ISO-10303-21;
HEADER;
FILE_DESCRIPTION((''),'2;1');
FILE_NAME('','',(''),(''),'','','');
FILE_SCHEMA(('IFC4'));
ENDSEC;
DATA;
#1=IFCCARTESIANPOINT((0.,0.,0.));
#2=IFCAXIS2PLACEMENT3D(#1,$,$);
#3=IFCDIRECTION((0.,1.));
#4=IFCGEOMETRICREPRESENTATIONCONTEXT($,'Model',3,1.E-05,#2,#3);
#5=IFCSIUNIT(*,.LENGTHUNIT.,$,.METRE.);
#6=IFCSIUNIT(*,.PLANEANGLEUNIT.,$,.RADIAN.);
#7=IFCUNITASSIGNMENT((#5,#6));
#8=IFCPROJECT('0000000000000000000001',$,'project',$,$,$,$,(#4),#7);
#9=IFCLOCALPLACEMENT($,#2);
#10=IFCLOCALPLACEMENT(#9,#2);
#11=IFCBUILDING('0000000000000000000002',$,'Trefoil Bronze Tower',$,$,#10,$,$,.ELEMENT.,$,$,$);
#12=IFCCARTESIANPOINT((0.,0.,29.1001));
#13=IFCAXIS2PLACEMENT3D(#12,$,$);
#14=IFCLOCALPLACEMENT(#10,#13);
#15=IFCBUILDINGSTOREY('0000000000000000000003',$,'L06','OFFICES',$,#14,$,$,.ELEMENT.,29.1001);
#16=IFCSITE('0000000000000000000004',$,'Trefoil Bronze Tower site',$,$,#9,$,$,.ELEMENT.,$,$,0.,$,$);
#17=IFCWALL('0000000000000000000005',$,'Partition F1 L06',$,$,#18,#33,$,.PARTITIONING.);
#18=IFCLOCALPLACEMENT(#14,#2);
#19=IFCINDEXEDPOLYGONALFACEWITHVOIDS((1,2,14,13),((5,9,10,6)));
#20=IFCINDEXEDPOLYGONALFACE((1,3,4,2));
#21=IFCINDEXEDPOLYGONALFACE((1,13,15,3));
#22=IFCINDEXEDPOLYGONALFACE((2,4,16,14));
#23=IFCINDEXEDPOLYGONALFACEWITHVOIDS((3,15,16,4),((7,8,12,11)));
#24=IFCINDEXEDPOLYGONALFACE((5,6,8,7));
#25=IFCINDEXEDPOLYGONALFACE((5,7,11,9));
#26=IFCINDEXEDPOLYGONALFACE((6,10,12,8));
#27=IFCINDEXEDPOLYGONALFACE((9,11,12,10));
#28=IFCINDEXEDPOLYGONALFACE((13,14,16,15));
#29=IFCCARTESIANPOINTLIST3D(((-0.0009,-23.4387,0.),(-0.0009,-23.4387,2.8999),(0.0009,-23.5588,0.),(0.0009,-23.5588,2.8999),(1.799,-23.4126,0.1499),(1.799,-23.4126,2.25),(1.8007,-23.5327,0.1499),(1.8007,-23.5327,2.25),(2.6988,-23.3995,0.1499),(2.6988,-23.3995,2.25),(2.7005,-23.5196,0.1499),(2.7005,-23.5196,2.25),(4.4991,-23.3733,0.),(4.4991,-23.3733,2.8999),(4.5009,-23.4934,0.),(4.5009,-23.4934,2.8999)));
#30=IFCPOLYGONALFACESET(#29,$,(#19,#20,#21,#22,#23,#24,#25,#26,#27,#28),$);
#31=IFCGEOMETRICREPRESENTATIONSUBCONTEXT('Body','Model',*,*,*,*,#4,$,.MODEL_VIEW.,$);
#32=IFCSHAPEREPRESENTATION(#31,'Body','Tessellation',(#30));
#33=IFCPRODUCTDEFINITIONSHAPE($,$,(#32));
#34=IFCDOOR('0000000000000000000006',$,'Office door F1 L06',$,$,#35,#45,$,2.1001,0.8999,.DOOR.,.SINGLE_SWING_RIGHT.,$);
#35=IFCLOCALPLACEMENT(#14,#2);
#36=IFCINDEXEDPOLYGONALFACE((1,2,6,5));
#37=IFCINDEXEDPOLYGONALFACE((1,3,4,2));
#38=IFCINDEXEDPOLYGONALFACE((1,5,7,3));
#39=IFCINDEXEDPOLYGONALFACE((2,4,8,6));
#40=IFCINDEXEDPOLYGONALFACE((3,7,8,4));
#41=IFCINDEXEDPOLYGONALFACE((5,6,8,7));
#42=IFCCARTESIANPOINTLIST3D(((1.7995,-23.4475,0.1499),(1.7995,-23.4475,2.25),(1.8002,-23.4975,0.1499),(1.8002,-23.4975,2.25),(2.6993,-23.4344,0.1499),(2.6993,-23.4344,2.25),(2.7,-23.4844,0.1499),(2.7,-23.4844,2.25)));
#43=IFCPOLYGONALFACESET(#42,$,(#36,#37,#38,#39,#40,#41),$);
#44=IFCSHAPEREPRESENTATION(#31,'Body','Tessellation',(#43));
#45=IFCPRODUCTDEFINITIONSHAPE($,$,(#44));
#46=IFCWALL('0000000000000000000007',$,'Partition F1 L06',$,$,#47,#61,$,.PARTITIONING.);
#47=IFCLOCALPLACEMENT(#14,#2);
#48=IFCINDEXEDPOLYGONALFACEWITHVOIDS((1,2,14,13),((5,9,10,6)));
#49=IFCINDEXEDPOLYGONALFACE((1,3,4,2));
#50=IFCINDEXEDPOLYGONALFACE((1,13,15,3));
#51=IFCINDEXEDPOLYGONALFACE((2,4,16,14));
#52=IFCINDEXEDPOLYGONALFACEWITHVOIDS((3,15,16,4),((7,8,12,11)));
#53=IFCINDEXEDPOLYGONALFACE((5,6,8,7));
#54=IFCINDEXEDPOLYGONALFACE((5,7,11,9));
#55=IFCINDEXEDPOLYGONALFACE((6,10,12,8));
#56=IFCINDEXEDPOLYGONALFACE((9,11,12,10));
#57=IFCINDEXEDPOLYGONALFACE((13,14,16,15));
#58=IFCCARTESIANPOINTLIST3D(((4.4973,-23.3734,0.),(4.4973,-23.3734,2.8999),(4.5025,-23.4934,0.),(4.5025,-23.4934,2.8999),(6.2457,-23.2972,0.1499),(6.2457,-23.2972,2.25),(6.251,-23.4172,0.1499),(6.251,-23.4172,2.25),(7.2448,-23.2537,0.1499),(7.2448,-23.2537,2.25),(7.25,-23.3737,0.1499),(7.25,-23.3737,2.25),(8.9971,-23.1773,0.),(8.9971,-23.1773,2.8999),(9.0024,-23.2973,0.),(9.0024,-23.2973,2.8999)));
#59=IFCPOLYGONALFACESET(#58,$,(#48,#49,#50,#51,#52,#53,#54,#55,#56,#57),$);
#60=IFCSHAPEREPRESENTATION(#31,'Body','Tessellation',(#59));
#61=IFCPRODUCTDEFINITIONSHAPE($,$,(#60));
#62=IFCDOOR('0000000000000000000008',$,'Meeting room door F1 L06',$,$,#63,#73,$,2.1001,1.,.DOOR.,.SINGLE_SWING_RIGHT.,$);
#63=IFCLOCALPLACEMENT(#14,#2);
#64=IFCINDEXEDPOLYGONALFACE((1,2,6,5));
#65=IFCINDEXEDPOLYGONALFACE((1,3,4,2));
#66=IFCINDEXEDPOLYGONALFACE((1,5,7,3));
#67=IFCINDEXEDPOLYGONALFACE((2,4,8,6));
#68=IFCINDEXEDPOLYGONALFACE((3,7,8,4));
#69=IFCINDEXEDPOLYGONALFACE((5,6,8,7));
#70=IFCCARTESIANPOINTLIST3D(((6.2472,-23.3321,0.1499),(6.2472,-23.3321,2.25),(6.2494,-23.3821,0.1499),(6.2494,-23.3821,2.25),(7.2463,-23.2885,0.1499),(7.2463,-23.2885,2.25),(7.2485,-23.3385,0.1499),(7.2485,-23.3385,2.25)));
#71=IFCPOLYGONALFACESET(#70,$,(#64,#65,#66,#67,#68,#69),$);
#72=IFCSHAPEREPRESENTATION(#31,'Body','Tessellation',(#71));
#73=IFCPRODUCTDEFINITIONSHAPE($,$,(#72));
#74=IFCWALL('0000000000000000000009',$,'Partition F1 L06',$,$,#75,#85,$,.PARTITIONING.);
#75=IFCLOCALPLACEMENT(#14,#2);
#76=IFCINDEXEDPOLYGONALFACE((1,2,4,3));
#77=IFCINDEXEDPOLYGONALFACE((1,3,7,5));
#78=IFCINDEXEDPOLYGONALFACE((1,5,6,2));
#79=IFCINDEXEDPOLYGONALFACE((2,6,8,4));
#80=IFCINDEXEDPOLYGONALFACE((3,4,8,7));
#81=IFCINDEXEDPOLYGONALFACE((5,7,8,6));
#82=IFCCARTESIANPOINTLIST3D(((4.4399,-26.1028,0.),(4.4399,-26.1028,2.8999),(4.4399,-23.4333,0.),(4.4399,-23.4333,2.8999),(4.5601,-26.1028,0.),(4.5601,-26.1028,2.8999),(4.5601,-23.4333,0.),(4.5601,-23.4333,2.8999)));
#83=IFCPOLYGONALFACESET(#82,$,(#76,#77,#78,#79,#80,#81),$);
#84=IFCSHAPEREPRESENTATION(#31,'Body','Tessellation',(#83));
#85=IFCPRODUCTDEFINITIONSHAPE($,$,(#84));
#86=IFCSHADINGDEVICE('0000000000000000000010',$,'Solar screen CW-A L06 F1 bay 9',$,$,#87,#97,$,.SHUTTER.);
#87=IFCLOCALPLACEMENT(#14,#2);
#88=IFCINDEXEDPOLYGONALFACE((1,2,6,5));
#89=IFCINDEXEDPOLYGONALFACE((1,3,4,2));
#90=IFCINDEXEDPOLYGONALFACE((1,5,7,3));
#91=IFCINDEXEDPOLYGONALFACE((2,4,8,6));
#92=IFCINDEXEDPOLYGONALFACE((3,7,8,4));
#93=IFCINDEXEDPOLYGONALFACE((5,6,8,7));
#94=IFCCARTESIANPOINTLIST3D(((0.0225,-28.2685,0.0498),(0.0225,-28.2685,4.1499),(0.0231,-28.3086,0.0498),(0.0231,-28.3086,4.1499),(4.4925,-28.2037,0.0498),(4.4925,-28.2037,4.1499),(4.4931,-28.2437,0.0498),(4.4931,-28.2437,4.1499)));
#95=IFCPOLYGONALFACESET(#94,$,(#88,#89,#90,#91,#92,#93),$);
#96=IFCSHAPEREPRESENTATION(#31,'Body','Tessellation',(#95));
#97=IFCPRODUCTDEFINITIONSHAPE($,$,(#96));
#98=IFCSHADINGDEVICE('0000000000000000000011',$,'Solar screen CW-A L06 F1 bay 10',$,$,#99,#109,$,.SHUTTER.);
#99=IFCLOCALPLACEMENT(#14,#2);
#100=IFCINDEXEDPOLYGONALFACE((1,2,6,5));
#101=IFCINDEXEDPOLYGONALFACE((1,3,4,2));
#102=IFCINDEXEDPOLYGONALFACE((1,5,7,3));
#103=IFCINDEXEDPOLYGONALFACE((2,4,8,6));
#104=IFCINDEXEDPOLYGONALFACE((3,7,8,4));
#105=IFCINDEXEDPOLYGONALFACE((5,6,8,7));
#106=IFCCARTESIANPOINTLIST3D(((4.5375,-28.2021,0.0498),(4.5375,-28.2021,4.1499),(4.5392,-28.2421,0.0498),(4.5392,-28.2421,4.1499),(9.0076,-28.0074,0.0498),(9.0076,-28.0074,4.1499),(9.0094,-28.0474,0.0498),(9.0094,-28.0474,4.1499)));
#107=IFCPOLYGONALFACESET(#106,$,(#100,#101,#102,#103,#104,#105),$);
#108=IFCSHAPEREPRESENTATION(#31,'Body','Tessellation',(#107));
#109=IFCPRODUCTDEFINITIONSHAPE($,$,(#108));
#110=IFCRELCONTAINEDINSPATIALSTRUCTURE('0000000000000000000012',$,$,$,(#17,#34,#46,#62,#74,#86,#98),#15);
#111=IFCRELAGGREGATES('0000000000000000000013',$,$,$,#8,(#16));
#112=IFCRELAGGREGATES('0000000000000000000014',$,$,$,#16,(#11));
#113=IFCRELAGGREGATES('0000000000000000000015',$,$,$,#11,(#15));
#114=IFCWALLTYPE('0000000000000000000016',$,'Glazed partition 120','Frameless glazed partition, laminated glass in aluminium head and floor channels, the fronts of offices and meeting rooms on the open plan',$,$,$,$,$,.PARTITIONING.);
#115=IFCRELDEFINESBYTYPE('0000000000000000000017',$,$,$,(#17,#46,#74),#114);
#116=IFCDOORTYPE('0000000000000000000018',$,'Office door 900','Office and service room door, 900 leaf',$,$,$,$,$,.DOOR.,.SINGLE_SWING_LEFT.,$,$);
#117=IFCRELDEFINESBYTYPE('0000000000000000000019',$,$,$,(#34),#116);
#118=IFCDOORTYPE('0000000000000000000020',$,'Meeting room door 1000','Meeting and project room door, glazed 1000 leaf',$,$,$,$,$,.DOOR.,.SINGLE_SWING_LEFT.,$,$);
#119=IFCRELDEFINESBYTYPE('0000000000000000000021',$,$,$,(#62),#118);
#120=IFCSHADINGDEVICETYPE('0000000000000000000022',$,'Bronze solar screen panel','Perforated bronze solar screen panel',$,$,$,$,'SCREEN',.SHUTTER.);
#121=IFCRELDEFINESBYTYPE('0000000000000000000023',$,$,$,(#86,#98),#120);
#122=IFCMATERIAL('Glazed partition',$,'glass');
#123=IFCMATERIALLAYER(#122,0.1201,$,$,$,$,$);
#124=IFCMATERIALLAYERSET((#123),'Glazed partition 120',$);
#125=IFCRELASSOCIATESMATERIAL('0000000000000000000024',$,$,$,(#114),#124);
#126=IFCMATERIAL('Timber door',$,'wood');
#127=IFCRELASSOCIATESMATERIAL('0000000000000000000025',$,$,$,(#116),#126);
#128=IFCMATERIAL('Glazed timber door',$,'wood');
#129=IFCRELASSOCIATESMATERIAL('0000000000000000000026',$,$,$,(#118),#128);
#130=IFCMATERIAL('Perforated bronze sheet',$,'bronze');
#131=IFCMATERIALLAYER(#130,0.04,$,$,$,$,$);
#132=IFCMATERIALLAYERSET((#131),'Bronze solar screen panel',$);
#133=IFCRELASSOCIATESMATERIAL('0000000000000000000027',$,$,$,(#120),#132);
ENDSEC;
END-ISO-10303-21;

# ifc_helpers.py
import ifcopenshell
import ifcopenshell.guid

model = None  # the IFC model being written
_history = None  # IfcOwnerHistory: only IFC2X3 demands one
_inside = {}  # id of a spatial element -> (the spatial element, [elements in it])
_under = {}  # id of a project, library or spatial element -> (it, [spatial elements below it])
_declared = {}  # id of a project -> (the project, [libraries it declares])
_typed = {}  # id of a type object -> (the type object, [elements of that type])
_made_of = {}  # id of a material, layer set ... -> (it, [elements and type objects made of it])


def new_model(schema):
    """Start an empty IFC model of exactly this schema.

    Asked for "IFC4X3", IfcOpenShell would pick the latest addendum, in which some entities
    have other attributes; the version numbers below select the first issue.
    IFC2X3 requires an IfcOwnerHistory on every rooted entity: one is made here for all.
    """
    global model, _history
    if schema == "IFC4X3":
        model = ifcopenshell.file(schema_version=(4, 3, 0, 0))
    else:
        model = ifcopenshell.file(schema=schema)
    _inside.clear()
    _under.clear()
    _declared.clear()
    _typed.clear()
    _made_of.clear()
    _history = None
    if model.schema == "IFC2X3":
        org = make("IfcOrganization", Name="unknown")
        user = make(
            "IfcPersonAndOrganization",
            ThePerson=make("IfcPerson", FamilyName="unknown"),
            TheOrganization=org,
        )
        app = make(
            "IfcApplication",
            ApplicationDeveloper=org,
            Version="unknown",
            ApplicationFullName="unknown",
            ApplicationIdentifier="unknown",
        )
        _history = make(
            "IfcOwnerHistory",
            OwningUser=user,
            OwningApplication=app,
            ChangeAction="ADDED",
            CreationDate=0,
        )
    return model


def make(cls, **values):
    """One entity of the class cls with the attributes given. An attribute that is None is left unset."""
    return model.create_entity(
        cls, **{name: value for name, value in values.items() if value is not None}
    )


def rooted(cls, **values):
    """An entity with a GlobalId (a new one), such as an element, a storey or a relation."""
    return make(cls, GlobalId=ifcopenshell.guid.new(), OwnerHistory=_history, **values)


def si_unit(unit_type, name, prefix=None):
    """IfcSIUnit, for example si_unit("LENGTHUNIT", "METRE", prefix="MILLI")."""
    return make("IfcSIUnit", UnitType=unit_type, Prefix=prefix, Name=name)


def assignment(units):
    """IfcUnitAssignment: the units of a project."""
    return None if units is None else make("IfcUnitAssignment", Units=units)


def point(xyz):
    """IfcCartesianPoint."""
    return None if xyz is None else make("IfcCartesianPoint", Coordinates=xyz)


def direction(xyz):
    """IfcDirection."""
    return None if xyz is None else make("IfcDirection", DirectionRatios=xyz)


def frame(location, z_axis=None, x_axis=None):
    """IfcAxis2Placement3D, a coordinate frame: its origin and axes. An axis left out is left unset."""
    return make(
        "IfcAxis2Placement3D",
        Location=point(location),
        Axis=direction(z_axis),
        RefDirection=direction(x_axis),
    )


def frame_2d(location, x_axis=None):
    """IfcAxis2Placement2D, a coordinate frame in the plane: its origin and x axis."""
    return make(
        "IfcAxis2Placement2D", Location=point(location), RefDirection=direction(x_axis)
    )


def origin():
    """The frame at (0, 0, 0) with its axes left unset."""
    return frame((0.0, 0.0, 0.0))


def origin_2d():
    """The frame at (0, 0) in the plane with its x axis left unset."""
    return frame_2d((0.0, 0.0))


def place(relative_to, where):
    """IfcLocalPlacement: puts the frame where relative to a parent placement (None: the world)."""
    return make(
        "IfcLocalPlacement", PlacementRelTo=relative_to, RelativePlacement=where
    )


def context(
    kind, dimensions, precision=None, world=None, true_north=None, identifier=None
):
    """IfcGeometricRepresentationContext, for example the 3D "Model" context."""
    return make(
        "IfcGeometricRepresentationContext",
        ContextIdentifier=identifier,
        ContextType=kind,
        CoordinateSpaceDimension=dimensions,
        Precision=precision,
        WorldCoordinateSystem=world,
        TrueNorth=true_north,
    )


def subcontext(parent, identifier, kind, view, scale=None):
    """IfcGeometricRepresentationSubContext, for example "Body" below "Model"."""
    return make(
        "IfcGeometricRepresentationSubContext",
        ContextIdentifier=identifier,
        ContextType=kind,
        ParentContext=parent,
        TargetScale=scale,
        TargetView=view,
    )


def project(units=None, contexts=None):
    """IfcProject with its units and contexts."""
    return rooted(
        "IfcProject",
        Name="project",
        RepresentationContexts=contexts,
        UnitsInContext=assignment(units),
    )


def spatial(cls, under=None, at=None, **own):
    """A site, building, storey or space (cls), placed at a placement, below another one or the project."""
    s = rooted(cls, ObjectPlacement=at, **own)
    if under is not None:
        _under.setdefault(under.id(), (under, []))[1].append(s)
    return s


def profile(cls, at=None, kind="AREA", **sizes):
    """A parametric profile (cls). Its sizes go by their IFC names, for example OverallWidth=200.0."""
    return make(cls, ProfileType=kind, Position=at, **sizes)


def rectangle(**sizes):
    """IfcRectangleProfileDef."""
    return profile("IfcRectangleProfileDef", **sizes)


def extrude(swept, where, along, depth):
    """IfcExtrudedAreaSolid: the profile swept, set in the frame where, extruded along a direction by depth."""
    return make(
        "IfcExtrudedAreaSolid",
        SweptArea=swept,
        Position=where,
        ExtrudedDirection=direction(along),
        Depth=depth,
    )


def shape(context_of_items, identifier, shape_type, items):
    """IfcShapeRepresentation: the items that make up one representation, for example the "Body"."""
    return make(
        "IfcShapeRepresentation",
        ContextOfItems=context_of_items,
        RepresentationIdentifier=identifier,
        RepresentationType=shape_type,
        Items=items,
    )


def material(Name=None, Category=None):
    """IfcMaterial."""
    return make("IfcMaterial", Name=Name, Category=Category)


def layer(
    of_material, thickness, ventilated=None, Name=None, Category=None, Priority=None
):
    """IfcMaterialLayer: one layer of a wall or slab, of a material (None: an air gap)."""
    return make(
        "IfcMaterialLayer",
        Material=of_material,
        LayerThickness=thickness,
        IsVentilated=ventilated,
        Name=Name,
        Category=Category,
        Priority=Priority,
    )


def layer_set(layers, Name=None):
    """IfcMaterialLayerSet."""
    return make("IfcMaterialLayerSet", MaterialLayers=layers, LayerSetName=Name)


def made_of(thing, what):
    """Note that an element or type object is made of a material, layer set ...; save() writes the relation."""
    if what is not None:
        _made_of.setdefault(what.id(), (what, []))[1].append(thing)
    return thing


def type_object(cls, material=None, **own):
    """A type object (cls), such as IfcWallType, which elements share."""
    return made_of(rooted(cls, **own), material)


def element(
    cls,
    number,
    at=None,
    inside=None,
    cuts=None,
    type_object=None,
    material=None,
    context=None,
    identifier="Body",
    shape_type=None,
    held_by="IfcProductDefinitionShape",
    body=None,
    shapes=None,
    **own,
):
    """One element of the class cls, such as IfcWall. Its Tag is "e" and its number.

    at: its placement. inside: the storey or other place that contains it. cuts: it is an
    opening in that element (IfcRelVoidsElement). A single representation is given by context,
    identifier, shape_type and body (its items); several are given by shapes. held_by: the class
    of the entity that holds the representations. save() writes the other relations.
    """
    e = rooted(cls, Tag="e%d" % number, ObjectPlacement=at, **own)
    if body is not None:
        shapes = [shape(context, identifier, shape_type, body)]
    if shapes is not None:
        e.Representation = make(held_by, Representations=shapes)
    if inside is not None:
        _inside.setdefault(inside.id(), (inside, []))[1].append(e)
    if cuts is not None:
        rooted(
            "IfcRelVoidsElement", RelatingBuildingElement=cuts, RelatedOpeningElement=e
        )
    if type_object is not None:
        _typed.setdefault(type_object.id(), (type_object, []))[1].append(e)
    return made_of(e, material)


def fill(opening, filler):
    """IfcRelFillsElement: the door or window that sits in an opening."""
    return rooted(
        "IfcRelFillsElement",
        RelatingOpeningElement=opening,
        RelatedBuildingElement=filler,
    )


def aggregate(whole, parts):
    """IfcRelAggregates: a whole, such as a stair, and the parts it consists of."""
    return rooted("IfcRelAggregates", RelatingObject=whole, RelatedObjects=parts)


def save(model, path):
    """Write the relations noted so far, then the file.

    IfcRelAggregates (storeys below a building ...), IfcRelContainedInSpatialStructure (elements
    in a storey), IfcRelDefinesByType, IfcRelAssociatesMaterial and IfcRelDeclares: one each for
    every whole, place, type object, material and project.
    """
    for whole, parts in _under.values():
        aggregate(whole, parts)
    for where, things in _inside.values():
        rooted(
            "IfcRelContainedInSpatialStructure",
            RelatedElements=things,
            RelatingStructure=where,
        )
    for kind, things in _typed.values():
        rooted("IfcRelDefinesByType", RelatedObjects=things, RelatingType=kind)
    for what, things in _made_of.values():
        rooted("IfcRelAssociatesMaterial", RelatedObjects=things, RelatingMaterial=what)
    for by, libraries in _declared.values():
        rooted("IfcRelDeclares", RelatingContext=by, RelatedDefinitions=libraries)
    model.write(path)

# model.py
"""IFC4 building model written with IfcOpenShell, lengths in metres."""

from ifc_helpers import new_model, si_unit, direction, frame, frame_2d, origin, origin_2d, place, context, subcontext, project, spatial, rectangle, extrude, material, layer, layer_set, type_object, element, fill, save


model = new_model("IFC4")

# Units and contexts
model_context = context("Model", 3, precision=1e-05, world=origin(), true_north=direction((0.0, 1.0)))
body_context = subcontext(model_context, "Body", "Model", "MODEL_VIEW")
ifc_project = project(units=[si_unit("LENGTHUNIT", "METRE"), si_unit("PLANEANGLEUNIT", "RADIAN")], contexts=[model_context])

# Site, building, storey
site_placement = place(None, origin())
site = spatial("IfcSite", under=ifc_project, at=site_placement, Name="Trefoil Bronze Tower site", CompositionType="ELEMENT", RefElevation=0.0)
building_placement = place(site_placement, origin())
building = spatial("IfcBuilding", under=site, at=building_placement, Name="Trefoil Bronze Tower", CompositionType="ELEMENT")
storey_placement = place(building_placement, frame((0.0, 0.0, 29.1001)))
storey = spatial("IfcBuildingStorey", under=building, at=storey_placement, Name="L06", Description="OFFICES", CompositionType="ELEMENT", Elevation=29.1001)

# Walls, openings, doors
ifc_material_1 = material(Name="Glazed partition", Category="glass")
ifc_layer_1 = layer(ifc_material_1, 0.1201)
ifc_layer_set_1 = layer_set([ifc_layer_1], Name="Glazed partition 120")
wall_type = type_object("IfcWallType", Name="Glazed partition 120", Description="Frameless glazed partition, laminated glass in aluminium head and floor channels, the fronts of offices and meeting rooms on the open plan", PredefinedType="PARTITIONING", material=ifc_layer_set_1)
ifc_material_2 = material(Name="Timber door", Category="wood")
door_type_1 = type_object("IfcDoorType", Name="Office door 900", Description="Office and service room door, 900 leaf", OperationType="SINGLE_SWING_LEFT", PredefinedType="DOOR", material=ifc_material_2)
wall_1_placement = place(storey_placement, frame((0.0, -23.4988, 0.0), z_axis=(0.0, 0.0, 1.0), x_axis=(0.999894, 0.014538, 0.0)))
wall_1 = element("IfcWall", 1, at=wall_1_placement, inside=storey, type_object=wall_type, Name="Partition F1 L06", PredefinedType="PARTITIONING", context=body_context, shape_type="SweptSolid", body=[
    extrude(rectangle(XDim=4.5005, YDim=0.1201, at=frame_2d((2.2502, 0.0))), origin(), (0.0, 0.0, 1.0), 2.8999),
])
opening_1_placement = place(wall_1_placement, frame((1.8, 0.0, 0.1499)))
opening_1 = element("IfcOpeningElement", 2, at=opening_1_placement, cuts=wall_1, PredefinedType="OPENING", context=body_context, shape_type="SweptSolid", body=[
    extrude(rectangle(XDim=0.8999, YDim=2.1001, at=frame_2d((0.45, 1.05))), frame((0.0, 0.0701, 0.0), z_axis=(0.0, -1.0, 0.0), x_axis=(1.0, 0.0, 0.0)), (0.0, 0.0, 1.0), 0.1401),
])
door_1_placement = place(opening_1_placement, frame((0.8999, 0.0, 0.0), z_axis=(0.0, 0.0, 1.0), x_axis=(-1.0, 0.0, 0.0)))
door_1 = element("IfcDoor", 3, at=door_1_placement, inside=storey, type_object=door_type_1, Name="Office door F1 L06", OperationType="SINGLE_SWING_RIGHT", OverallHeight=2.1001, OverallWidth=0.8999, PredefinedType="DOOR", context=body_context, shape_type="SweptSolid", body=[
    extrude(rectangle(XDim=0.8999, YDim=2.1001, at=frame_2d((0.45, 1.05))), frame((0.0, 0.0249, 0.0), z_axis=(0.0, -1.0, 0.0), x_axis=(1.0, 0.0, 0.0)), (0.0, 0.0, 1.0), 0.05),
])
fill(opening_1, door_1)
wall_2_placement = place(storey_placement, frame((4.5, -23.4333, 0.0), z_axis=(0.0, 0.0, 1.0), x_axis=(0.999052, 0.043524, 0.0)))
wall_2 = element("IfcWall", 4, at=wall_2_placement, inside=storey, type_object=wall_type, Name="Partition F1 L06", PredefinedType="PARTITIONING", context=body_context, shape_type="SweptSolid", body=[
    extrude(rectangle(XDim=4.5042, YDim=0.1201, at=frame_2d((2.252, 0.0))), origin(), (0.0, 0.0, 1.0), 2.8999),
])
opening_2_placement = place(wall_2_placement, frame((1.75, 0.0, 0.1499)))
opening_2 = element("IfcOpeningElement", 5, at=opening_2_placement, cuts=wall_2, PredefinedType="OPENING", context=body_context, shape_type="SweptSolid", body=[
    extrude(rectangle(XDim=1.0, YDim=2.1001, at=frame_2d((0.5, 1.05))), frame((0.0, 0.0701, 0.0), z_axis=(0.0, -1.0, 0.0), x_axis=(1.0, 0.0, 0.0)), (0.0, 0.0, 1.0), 0.1401),
])
ifc_material_3 = material(Name="Glazed timber door", Category="wood")
door_type_2 = type_object("IfcDoorType", Name="Meeting room door 1000", Description="Meeting and project room door, glazed 1000 leaf", OperationType="SINGLE_SWING_LEFT", PredefinedType="DOOR", material=ifc_material_3)
door_2_placement = place(opening_2_placement, frame((1.0, 0.0, 0.0), z_axis=(0.0, 0.0, 1.0), x_axis=(-1.0, 0.0, 0.0)))
door_2 = element("IfcDoor", 6, at=door_2_placement, inside=storey, type_object=door_type_2, Name="Meeting room door F1 L06", OperationType="SINGLE_SWING_RIGHT", OverallHeight=2.1001, OverallWidth=1.0, PredefinedType="DOOR", context=body_context, shape_type="SweptSolid", body=[
    extrude(rectangle(XDim=1.0, YDim=2.1001, at=frame_2d((0.5, 1.05))), frame((0.0, 0.0249, 0.0), z_axis=(0.0, -1.0, 0.0), x_axis=(1.0, 0.0, 0.0)), (0.0, 0.0, 1.0), 0.05),
])
fill(opening_2, door_2)

# Wall
wall_3_placement = place(storey_placement, frame((4.5, -23.4333, 0.0), z_axis=(0.0, 0.0, 1.0), x_axis=(0.0, -1.0, 0.0)))
element("IfcWall", 7, at=wall_3_placement, inside=storey, type_object=wall_type, Name="Partition F1 L06", PredefinedType="PARTITIONING", context=body_context, shape_type="SweptSolid", body=[
    extrude(rectangle(XDim=2.6694, YDim=0.1201, at=frame_2d((1.3347, 0.0))), origin(), (0.0, 0.0, 1.0), 2.8999),
])

# Shading devices
ifc_material_4 = material(Name="Perforated bronze sheet", Category="bronze")
ifc_layer_2 = layer(ifc_material_4, 0.04)
ifc_layer_set_2 = layer_set([ifc_layer_2], Name="Bronze solar screen panel")
shading_device_type = type_object("IfcShadingDeviceType", Name="Bronze solar screen panel", Description="Perforated bronze solar screen panel", ElementType="SCREEN", PredefinedType="SHUTTER", material=ifc_layer_set_2)
shading_device_1_placement = place(storey_placement, frame((2.2578, -28.2561, 0.0498), z_axis=(0.0, 0.0, 1.0), x_axis=(0.999895, 0.014509, 0.0)))
element("IfcShadingDevice", 8, at=shading_device_1_placement, inside=storey, type_object=shading_device_type, Name="Solar screen CW-A L06 F1 bay 9", PredefinedType="SHUTTER", context=body_context, shape_type="SweptSolid", body=[
    extrude(rectangle(XDim=4.4705, YDim=0.04, at=origin_2d()), origin(), (0.0, 0.0, 1.0), 4.1001),
])
shading_device_2_placement = place(storey_placement, frame((6.7734, -28.1248, 0.0498), z_axis=(0.0, 0.0, 1.0), x_axis=(0.999052, 0.043528, 0.0)))
element("IfcShadingDevice", 9, at=shading_device_2_placement, inside=storey, type_object=shading_device_type, Name="Solar screen CW-A L06 F1 bay 10", PredefinedType="SHUTTER", context=body_context, shape_type="SweptSolid", body=[
    extrude(rectangle(XDim=4.4744, YDim=0.04, at=origin_2d()), origin(), (0.0, 0.0, 1.0), 4.1001),
])

save(model, "model.ifc")
